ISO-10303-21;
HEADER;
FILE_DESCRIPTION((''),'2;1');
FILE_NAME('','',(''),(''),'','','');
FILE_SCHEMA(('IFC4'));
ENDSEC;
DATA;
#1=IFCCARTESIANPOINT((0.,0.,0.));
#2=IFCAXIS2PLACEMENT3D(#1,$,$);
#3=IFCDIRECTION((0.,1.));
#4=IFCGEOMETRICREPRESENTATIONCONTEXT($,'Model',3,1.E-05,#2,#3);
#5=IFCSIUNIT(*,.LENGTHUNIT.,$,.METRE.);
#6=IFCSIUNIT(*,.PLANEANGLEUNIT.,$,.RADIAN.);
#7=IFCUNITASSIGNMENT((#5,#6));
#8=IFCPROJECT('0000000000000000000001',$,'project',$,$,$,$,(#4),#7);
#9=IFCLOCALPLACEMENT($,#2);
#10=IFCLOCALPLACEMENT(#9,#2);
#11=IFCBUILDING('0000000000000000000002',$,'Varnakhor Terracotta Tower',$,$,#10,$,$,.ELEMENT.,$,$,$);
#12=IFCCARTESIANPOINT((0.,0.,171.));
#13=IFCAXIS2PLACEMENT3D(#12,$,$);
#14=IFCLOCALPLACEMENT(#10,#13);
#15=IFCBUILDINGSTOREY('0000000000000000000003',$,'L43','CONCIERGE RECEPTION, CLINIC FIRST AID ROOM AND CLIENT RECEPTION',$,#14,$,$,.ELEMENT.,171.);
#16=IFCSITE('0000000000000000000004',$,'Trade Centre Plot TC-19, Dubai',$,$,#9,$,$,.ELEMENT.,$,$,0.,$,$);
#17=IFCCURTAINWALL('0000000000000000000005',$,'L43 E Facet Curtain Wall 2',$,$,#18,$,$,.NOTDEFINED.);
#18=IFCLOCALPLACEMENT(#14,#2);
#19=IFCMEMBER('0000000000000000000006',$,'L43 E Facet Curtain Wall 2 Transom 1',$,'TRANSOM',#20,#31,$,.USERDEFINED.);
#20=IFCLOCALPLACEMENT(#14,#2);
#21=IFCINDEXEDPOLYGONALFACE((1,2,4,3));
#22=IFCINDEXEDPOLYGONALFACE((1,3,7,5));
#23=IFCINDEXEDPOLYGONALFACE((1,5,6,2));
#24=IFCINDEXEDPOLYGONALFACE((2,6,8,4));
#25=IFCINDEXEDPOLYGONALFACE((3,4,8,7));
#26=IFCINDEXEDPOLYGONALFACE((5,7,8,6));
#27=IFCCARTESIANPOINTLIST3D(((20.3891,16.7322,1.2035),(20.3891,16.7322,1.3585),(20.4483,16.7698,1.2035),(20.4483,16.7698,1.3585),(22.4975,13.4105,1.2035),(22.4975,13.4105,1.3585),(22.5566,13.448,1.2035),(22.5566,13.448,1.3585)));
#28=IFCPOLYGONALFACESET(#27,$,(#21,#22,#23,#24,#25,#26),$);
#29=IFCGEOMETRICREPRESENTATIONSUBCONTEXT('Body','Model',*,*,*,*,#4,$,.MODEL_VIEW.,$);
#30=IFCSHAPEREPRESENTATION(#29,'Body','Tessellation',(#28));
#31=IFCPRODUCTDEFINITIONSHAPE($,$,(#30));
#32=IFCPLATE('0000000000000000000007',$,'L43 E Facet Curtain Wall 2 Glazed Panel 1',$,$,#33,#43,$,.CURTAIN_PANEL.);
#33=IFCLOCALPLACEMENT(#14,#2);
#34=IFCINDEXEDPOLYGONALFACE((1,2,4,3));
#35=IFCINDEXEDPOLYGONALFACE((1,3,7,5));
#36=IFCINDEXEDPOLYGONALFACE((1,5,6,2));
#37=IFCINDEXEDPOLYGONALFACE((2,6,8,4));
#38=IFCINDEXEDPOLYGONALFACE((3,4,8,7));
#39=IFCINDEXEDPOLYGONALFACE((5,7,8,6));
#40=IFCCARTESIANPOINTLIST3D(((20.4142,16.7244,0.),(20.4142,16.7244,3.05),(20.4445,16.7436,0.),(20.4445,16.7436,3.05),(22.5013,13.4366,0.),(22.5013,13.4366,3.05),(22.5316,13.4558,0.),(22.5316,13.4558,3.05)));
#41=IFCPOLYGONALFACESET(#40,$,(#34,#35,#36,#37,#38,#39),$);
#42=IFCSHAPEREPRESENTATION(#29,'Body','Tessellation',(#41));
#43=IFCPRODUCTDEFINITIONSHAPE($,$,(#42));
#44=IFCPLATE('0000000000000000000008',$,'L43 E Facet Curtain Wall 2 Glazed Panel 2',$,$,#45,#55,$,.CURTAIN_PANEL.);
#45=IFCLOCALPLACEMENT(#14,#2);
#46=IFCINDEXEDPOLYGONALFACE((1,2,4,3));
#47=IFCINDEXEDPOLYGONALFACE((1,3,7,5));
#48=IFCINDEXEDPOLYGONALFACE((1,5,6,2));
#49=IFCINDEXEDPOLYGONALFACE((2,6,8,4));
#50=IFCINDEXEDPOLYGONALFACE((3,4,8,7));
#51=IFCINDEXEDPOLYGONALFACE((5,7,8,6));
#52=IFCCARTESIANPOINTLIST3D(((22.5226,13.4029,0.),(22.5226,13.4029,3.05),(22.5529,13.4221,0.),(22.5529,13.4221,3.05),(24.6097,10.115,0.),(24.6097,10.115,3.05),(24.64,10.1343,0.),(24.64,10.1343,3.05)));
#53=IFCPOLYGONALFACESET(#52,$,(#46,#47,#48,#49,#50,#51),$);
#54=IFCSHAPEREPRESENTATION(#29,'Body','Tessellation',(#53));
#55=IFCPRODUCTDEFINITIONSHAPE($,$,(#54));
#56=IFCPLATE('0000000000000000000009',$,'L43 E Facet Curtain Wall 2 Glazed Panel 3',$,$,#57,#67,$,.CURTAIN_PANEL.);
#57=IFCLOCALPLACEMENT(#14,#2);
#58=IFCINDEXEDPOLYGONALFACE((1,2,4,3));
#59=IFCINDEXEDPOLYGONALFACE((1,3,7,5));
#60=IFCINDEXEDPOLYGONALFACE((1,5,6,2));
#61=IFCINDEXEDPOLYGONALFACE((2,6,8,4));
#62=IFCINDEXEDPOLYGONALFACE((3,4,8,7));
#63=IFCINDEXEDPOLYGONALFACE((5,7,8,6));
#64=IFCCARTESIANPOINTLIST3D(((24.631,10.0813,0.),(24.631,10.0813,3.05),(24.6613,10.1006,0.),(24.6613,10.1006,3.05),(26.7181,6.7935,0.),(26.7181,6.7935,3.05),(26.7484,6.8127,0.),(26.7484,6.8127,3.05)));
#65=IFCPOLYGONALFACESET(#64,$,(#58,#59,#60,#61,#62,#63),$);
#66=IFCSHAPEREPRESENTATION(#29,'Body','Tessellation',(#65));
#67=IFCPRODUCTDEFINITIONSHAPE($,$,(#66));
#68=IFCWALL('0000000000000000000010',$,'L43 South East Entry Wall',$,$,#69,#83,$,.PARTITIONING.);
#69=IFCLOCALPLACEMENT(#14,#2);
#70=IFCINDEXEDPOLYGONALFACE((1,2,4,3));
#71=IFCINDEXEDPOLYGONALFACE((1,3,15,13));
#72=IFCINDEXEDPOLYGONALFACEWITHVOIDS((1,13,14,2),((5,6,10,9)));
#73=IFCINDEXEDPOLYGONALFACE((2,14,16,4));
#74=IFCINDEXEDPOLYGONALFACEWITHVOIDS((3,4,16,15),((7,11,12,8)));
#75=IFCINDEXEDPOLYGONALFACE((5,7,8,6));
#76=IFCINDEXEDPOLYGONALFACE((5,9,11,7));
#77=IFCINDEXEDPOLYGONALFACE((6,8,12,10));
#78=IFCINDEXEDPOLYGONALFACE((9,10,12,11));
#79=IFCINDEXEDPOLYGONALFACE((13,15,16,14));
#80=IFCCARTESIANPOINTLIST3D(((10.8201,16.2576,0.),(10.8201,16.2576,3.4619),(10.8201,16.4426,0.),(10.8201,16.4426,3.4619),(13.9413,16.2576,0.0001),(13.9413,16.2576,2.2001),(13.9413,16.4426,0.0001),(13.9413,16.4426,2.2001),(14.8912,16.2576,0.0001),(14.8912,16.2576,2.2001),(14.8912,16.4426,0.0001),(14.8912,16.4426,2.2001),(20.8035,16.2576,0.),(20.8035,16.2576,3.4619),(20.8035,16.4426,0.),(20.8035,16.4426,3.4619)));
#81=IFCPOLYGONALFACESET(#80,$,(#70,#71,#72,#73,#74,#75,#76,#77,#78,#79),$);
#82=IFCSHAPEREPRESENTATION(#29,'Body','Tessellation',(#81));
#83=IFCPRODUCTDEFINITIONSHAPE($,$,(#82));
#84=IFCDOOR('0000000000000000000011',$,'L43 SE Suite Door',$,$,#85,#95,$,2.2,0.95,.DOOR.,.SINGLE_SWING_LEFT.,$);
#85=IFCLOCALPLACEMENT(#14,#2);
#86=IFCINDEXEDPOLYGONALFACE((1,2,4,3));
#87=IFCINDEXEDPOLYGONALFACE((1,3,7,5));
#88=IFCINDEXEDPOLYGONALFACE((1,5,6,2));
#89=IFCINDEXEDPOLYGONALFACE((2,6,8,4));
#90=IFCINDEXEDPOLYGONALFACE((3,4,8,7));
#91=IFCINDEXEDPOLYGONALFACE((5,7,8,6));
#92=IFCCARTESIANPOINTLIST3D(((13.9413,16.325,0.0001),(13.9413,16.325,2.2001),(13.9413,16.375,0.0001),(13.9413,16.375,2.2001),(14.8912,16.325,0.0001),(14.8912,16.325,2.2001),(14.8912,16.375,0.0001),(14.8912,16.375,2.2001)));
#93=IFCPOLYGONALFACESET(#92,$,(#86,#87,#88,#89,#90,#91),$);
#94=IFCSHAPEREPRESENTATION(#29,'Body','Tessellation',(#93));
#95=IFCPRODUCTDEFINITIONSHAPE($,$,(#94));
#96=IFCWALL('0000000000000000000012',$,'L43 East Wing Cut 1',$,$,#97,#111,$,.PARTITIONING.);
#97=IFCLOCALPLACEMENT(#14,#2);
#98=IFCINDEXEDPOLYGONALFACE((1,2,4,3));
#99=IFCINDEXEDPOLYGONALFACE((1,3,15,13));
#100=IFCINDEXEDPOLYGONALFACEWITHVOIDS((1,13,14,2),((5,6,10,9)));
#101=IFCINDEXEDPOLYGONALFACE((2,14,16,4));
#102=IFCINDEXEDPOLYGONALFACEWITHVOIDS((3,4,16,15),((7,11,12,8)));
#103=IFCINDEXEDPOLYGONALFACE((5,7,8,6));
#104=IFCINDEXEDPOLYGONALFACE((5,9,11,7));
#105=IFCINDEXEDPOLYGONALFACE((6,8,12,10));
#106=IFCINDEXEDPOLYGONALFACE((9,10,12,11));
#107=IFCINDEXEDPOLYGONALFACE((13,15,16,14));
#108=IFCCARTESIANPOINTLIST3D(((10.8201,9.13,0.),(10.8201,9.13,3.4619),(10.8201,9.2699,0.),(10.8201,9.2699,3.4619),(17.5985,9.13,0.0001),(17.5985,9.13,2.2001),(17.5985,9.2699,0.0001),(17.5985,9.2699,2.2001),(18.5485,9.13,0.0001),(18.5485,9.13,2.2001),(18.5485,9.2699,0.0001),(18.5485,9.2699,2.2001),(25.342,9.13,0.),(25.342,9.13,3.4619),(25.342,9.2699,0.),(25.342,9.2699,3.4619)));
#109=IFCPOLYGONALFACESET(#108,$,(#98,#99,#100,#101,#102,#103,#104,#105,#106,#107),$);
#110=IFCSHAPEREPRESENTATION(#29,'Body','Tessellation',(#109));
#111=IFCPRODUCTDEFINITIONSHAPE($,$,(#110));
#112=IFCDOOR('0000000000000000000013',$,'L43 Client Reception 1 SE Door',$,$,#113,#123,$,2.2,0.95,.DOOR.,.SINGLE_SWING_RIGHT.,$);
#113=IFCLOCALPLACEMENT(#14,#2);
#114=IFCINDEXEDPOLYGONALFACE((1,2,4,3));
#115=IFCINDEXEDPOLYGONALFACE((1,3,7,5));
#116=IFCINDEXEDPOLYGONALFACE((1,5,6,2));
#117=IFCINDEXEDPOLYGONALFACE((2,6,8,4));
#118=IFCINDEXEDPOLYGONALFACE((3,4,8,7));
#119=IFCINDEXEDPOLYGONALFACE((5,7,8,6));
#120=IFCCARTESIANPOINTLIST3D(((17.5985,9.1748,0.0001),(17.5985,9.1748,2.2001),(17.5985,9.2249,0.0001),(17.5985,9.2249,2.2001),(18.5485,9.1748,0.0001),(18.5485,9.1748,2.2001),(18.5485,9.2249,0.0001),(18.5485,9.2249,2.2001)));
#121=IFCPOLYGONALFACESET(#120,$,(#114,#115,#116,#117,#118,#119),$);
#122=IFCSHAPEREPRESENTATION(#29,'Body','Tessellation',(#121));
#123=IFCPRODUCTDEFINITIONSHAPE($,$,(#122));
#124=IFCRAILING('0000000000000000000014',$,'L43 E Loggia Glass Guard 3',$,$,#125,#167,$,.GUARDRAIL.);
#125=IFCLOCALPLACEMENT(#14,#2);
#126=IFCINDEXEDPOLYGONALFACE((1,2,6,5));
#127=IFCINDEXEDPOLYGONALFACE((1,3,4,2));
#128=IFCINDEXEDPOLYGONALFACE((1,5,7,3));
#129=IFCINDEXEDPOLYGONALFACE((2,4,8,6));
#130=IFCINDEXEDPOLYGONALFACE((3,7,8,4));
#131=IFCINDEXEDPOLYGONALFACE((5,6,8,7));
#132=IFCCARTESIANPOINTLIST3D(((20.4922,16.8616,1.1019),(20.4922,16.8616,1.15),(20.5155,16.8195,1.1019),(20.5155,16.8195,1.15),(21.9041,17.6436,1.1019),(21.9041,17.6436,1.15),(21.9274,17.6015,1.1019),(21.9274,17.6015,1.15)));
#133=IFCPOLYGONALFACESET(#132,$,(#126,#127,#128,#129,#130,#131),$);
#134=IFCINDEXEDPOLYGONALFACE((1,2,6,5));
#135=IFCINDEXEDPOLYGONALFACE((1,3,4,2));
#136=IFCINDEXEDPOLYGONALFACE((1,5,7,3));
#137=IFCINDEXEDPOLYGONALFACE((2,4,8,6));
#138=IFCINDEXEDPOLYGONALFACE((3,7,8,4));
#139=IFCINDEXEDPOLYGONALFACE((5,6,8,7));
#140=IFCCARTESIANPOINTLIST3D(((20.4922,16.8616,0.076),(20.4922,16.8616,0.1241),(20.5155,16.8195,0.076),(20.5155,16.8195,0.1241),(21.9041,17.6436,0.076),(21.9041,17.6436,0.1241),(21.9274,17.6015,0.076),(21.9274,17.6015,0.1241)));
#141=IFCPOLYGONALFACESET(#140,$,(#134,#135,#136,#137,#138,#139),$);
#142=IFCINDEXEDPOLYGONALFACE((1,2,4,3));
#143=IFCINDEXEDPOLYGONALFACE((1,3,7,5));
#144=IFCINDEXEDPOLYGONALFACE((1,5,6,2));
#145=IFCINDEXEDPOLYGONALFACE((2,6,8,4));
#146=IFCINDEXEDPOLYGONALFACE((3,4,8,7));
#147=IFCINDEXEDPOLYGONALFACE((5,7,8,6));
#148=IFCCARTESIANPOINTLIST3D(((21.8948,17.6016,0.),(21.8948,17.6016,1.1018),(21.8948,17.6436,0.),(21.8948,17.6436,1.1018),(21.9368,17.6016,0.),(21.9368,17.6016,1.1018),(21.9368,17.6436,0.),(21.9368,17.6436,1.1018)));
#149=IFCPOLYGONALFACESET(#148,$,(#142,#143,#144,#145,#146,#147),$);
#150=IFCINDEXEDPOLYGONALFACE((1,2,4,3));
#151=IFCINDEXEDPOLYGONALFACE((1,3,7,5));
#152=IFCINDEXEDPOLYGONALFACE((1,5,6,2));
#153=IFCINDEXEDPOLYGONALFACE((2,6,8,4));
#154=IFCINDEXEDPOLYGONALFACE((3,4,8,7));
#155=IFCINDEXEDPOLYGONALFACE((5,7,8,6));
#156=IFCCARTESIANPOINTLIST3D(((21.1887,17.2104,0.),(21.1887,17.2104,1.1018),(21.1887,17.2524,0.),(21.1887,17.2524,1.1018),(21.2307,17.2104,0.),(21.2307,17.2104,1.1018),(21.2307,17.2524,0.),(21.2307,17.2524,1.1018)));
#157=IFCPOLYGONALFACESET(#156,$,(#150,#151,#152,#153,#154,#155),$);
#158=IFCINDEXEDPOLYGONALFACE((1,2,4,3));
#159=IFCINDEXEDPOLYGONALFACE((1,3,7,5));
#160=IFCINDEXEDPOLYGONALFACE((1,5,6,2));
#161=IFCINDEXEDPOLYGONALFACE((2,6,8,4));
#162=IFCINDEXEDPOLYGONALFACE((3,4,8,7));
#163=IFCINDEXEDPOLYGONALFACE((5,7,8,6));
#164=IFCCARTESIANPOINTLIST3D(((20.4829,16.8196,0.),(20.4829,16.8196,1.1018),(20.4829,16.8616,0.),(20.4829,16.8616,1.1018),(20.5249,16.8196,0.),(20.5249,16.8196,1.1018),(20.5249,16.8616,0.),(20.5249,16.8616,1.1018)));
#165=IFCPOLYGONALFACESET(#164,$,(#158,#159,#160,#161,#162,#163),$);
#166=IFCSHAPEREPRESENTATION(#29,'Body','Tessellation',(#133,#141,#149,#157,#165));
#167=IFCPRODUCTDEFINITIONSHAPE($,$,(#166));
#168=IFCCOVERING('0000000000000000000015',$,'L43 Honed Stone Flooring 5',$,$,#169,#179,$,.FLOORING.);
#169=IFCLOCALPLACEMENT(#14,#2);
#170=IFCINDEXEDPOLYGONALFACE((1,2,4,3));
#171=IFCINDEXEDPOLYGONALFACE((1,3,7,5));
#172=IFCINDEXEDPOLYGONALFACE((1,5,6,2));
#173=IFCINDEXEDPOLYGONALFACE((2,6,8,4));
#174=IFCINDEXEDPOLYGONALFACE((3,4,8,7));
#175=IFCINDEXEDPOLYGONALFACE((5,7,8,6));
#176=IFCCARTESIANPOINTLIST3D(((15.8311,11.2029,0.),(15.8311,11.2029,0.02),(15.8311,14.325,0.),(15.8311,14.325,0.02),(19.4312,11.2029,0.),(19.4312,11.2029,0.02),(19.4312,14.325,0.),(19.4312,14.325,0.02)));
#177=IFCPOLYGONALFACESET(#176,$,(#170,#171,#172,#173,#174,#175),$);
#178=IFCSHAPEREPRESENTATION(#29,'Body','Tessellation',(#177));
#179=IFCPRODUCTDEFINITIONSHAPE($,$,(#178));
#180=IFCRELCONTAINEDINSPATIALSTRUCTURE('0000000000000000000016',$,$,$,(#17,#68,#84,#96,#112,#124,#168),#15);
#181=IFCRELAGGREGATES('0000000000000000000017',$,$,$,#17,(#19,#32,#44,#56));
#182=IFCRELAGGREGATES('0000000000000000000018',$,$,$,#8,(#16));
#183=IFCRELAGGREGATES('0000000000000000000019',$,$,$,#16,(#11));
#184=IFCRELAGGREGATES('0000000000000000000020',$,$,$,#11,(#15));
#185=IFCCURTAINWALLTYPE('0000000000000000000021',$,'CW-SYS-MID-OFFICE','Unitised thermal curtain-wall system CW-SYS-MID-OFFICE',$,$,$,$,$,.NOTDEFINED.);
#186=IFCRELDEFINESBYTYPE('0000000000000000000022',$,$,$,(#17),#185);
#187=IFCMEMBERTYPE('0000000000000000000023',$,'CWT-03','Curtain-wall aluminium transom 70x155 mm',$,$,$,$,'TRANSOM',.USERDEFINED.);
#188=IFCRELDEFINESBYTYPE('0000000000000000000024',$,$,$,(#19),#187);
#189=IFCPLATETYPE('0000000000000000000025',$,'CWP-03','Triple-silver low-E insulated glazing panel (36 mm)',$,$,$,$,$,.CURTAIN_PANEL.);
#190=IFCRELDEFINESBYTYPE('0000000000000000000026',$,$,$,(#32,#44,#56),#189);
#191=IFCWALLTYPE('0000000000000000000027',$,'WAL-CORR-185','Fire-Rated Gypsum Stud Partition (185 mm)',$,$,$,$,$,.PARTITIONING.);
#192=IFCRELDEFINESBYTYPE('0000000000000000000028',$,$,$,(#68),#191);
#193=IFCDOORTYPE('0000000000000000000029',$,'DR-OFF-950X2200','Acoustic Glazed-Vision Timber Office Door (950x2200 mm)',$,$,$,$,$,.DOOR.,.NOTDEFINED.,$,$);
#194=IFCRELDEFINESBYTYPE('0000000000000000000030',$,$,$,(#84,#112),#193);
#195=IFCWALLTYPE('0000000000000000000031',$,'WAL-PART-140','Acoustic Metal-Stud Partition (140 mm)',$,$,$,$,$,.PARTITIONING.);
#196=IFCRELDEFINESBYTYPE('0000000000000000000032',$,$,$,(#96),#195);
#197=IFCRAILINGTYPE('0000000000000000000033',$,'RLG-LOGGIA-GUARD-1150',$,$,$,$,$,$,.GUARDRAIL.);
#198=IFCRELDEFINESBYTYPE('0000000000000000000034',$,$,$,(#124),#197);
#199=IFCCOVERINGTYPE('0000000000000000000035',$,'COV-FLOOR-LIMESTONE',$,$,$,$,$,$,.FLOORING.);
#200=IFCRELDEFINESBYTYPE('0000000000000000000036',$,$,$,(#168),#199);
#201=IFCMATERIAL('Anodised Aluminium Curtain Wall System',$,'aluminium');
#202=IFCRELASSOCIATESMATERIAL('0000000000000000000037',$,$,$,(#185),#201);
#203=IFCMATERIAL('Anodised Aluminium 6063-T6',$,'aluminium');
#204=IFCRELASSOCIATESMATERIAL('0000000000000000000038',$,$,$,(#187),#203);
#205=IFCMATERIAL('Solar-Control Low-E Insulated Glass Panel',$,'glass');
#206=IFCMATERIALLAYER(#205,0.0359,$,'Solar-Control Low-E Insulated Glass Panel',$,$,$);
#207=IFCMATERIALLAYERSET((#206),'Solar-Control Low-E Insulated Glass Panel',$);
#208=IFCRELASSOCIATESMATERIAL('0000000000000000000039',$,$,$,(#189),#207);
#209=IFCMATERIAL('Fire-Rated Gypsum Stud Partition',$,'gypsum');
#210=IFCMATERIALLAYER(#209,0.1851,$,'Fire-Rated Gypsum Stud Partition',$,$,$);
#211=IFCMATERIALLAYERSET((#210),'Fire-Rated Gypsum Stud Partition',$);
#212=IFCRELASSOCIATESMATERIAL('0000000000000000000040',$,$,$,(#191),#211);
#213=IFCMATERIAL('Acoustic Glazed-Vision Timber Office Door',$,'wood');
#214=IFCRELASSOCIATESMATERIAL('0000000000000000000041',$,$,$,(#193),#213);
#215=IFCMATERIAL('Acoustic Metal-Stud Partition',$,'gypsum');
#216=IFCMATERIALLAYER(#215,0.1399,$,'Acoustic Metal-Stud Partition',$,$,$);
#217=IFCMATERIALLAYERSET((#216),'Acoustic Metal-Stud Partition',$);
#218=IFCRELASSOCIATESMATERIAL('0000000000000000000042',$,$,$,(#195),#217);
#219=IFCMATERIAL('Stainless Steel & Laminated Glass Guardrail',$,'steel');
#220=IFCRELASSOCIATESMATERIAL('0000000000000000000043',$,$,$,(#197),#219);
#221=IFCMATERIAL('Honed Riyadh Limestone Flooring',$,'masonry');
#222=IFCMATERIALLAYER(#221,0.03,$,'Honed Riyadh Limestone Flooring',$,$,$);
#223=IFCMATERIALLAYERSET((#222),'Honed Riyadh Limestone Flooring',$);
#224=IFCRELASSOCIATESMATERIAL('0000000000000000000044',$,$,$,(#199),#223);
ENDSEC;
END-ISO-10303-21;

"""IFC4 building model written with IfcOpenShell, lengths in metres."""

from ifc_helpers import new_model, si_unit, direction, frame, frame_2d, origin, origin_2d, place, context, subcontext, project, spatial, rectangle, extrude, source, transform, mapped, material, layer, layer_set, material_profile, profile_set, type_object, type_shapes, element, fill, aggregate, save


model = new_model("IFC4")

# Units and contexts
model_context = context("Model", 3, precision=1e-05, world=origin(), true_north=direction((0.0, 1.0)))
body_context = subcontext(model_context, "Body", "Model", "MODEL_VIEW")
ifc_project = project(units=[si_unit("LENGTHUNIT", "METRE"), si_unit("PLANEANGLEUNIT", "RADIAN")], contexts=[model_context])

# Site, building, storey
site_placement = place(None, origin())
site = spatial("IfcSite", under=ifc_project, at=site_placement, Name="Trade Centre Plot TC-19, Dubai", CompositionType="ELEMENT", RefElevation=0.0)
building_placement = place(site_placement, origin())
building = spatial("IfcBuilding", under=site, at=building_placement, Name="Varnakhor Terracotta Tower", CompositionType="ELEMENT")
storey_placement = place(building_placement, frame((0.0, 0.0, 171.0)))
storey = spatial("IfcBuildingStorey", under=building, at=storey_placement, Name="L43", Description="CONCIERGE RECEPTION, CLINIC FIRST AID ROOM AND CLIENT RECEPTION", CompositionType="ELEMENT", Elevation=171.0)

# Curtain wall
ifc_material_1 = material(Name="Anodised Aluminium Curtain Wall System", Category="aluminium")
curtain_wall_type = type_object("IfcCurtainWallType", Name="CW-SYS-MID-OFFICE", Description="Unitised thermal curtain-wall system CW-SYS-MID-OFFICE", PredefinedType="NOTDEFINED", material=ifc_material_1)
curtain_wall_placement = place(storey_placement, origin())
curtain_wall = element("IfcCurtainWall", 1, at=curtain_wall_placement, inside=storey, type_object=curtain_wall_type, Name="L43 E Facet Curtain Wall 2", PredefinedType="NOTDEFINED")
ifc_material_2 = material(Name="Anodised Aluminium 6063-T6", Category="aluminium")

# Member
ifc_material_profile_1 = material_profile(ifc_material_2, rectangle(XDim=0.0701, YDim=0.155, at=origin_2d()), Name="ALU TRANSOM 70x155")
ifc_profile_set_1 = profile_set([ifc_material_profile_1], Name="Anodised Aluminium 6063-T6")
member_type_1 = type_object("IfcMemberType", Name="CWT-03", Description="Curtain-wall aluminium transom 70x155 mm", ElementType="TRANSOM", PredefinedType="USERDEFINED", material=ifc_profile_set_1)
shared_shape_1 = source(origin(), body_context, "Body", "SweptSolid", [
    extrude(rectangle(XDim=0.0701, YDim=0.155, at=origin_2d()), origin(), (0.0, 0.0, 1.0), 3.9343),
])
member_1_placement = place(storey_placement, frame((20.4187, 16.751, 1.281), z_axis=(0.535887, -0.844289, 0.0), x_axis=(0.844289, 0.535887, 0.0)))
member_1 = element("IfcMember", 2, at=member_1_placement, type_object=member_type_1, Name="L43 E Facet Curtain Wall 2 Transom 1", ObjectType="TRANSOM", PredefinedType="USERDEFINED", context=body_context, shape_type="MappedRepresentation", body=[
    mapped(shared_shape_1, transform((0.0, 0.0, 0.0), scale=1.0)),
])

# Plates
ifc_material_3 = material(Name="Solar-Control Low-E Insulated Glass Panel", Category="glass")
ifc_layer_1 = layer(ifc_material_3, 0.0359, Name="Solar-Control Low-E Insulated Glass Panel")
ifc_layer_set_1 = layer_set([ifc_layer_1], Name="Solar-Control Low-E Insulated Glass Panel")
plate_type = type_object("IfcPlateType", Name="CWP-03", Description="Triple-silver low-E insulated glazing panel (36 mm)", PredefinedType="CURTAIN_PANEL", material=ifc_layer_set_1)
shared_shape_2 = source(origin(), body_context, "Body", "SweptSolid", [
    extrude(rectangle(XDim=3.8943, YDim=0.0359, at=origin_2d()), origin(), (0.0, 0.0, 1.0), 3.05),
])
plate_1_placement = place(storey_placement, frame((21.4729, 15.0901, 0.0), z_axis=(0.0, 0.0, 1.0), x_axis=(0.535915, -0.844272, 0.0)))
plate_1 = element("IfcPlate", 3, at=plate_1_placement, type_object=plate_type, Name="L43 E Facet Curtain Wall 2 Glazed Panel 1", PredefinedType="CURTAIN_PANEL", context=body_context, shape_type="MappedRepresentation", body=[
    mapped(shared_shape_2, transform((0.0, 0.0, 0.0), scale=1.0)),
])
plate_2_placement = place(storey_placement, frame((23.5813, 11.7686, 0.0), z_axis=(0.0, 0.0, 1.0), x_axis=(0.535915, -0.844272, 0.0)))
plate_2 = element("IfcPlate", 4, at=plate_2_placement, type_object=plate_type, Name="L43 E Facet Curtain Wall 2 Glazed Panel 2", PredefinedType="CURTAIN_PANEL", context=body_context, shape_type="MappedRepresentation", body=[
    mapped(shared_shape_2, transform((0.0, 0.0, 0.0), scale=1.0)),
])
plate_3_placement = place(storey_placement, frame((25.6897, 8.447, 0.0), z_axis=(0.0, 0.0, 1.0), x_axis=(0.535915, -0.844272, 0.0)))
plate_3 = element("IfcPlate", 5, at=plate_3_placement, type_object=plate_type, Name="L43 E Facet Curtain Wall 2 Glazed Panel 3", PredefinedType="CURTAIN_PANEL", context=body_context, shape_type="MappedRepresentation", body=[
    mapped(shared_shape_2, transform((0.0, 0.0, 0.0), scale=1.0)),
])
aggregate(curtain_wall, [member_1, plate_1, plate_2, plate_3])

# Walls, openings, doors
ifc_material_4 = material(Name="Fire-Rated Gypsum Stud Partition", Category="gypsum")
ifc_layer_2 = layer(ifc_material_4, 0.1851, Name="Fire-Rated Gypsum Stud Partition")
ifc_layer_set_2 = layer_set([ifc_layer_2], Name="Fire-Rated Gypsum Stud Partition")
wall_type_1 = type_object("IfcWallType", Name="WAL-CORR-185", Description="Fire-Rated Gypsum Stud Partition (185 mm)", PredefinedType="PARTITIONING", material=ifc_layer_set_2)
wall_1_placement = place(storey_placement, frame((10.8201, 16.3501, 0.0), z_axis=(0.0, 0.0, 1.0), x_axis=(1.0, 0.0, 0.0)))
wall_1 = element("IfcWall", 6, at=wall_1_placement, inside=storey, type_object=wall_type_1, Name="L43 South East Entry Wall", PredefinedType="PARTITIONING", context=body_context, shape_type="SweptSolid", body=[
    extrude(rectangle(XDim=9.9834, YDim=0.1851, at=frame_2d((4.9917, 0.0))), origin(), (0.0, 0.0, 1.0), 3.4619),
])
opening_1_placement = place(wall_1_placement, frame((3.1211, 0.0, 0.0)))
opening_1 = element("IfcOpeningElement", 7, at=opening_1_placement, cuts=wall_1, PredefinedType="OPENING", context=body_context, shape_type="SweptSolid", body=[
    extrude(rectangle(XDim=0.95, YDim=2.2, at=frame_2d((0.4751, 1.1001))), frame((0.0, 0.1025, 0.0), z_axis=(0.0, -1.0, 0.0), x_axis=(1.0, 0.0, 0.0)), (0.0, 0.0, 1.0), 0.2051),
])
ifc_material_5 = material(Name="Acoustic Glazed-Vision Timber Office Door", Category="wood")
door_type = type_object("IfcDoorType", Name="DR-OFF-950X2200", Description="Acoustic Glazed-Vision Timber Office Door (950x2200 mm)", OperationType="NOTDEFINED", PredefinedType="DOOR", material=ifc_material_5)
shared_shape_3 = source(origin(), body_context, "Body", "SweptSolid", [
    extrude(rectangle(XDim=0.95, YDim=2.2, at=frame_2d((0.4751, 1.1001))), frame((0.0, 0.0249, 0.0), z_axis=(0.0, -1.0, 0.0), x_axis=(1.0, 0.0, 0.0)), (0.0, 0.0, 1.0), 0.05),
])
type_shapes(door_type, [shared_shape_3])
door_1_placement = place(opening_1_placement, origin())
door_1 = element("IfcDoor", 8, at=door_1_placement, inside=storey, type_object=door_type, Name="L43 SE Suite Door", OperationType="SINGLE_SWING_LEFT", OverallHeight=2.2, OverallWidth=0.95, PredefinedType="DOOR", context=body_context, shape_type="MappedRepresentation", body=[
    mapped(shared_shape_3, transform((0.0, 0.0, 0.0), scale=1.0)),
])
fill(opening_1, door_1)
ifc_material_6 = material(Name="Acoustic Metal-Stud Partition", Category="gypsum")
ifc_layer_3 = layer(ifc_material_6, 0.1399, Name="Acoustic Metal-Stud Partition")
ifc_layer_set_3 = layer_set([ifc_layer_3], Name="Acoustic Metal-Stud Partition")
wall_type_2 = type_object("IfcWallType", Name="WAL-PART-140", Description="Acoustic Metal-Stud Partition (140 mm)", PredefinedType="PARTITIONING", material=ifc_layer_set_3)
wall_2_placement = place(storey_placement, frame((10.8201, 9.2, 0.0), z_axis=(0.0, 0.0, 1.0), x_axis=(1.0, 0.0, 0.0)))
wall_2 = element("IfcWall", 9, at=wall_2_placement, inside=storey, type_object=wall_type_2, Name="L43 East Wing Cut 1", PredefinedType="PARTITIONING", context=body_context, shape_type="SweptSolid", body=[
    extrude(rectangle(XDim=14.522, YDim=0.1399, at=frame_2d((7.261, 0.0))), origin(), (0.0, 0.0, 1.0), 3.4619),
])
opening_2_placement = place(wall_2_placement, frame((6.7783, 0.0, 0.0)))
opening_2 = element("IfcOpeningElement", 10, at=opening_2_placement, cuts=wall_2, PredefinedType="OPENING", context=body_context, shape_type="SweptSolid", body=[
    extrude(rectangle(XDim=0.95, YDim=2.2, at=frame_2d((0.4751, 1.1001))), frame((0.0, 0.0801, 0.0), z_axis=(0.0, -1.0, 0.0), x_axis=(1.0, 0.0, 0.0)), (0.0, 0.0, 1.0), 0.1599),
])
door_2_placement = place(opening_2_placement, origin())
door_2 = element("IfcDoor", 11, at=door_2_placement, inside=storey, type_object=door_type, Name="L43 Client Reception 1 SE Door", OperationType="SINGLE_SWING_RIGHT", OverallHeight=2.2, OverallWidth=0.95, PredefinedType="DOOR", context=body_context, shape_type="MappedRepresentation", body=[
    mapped(shared_shape_3, transform((0.0, 0.0, 0.0), scale=1.0)),
])
fill(opening_2, door_2)

# Railing
ifc_material_7 = material(Name="Stainless Steel & Laminated Glass Guardrail", Category="steel")
railing_type = type_object("IfcRailingType", Name="RLG-LOGGIA-GUARD-1150", PredefinedType="GUARDRAIL", material=ifc_material_7)
railing_placement = place(storey_placement, frame((21.9158, 17.6226, 0.0)))
element("IfcRailing", 12, at=railing_placement, inside=storey, type_object=railing_type, Name="L43 E Loggia Glass Guard 3", PredefinedType="GUARDRAIL", context=body_context, shape_type="SweptSolid", body=[
    extrude(rectangle(XDim=0.0481, YDim=0.0481, at=origin_2d()), frame((0.0, 0.0, 1.126), z_axis=(-0.874784, -0.484512, 0.0), x_axis=(0.484512, -0.874784, 0.0)), (0.0, 0.0, 1.0), 1.614),
    extrude(rectangle(XDim=0.0481, YDim=0.0481, at=origin_2d()), frame((0.0, 0.0, 0.1001), z_axis=(-0.874784, -0.484512, 0.0), x_axis=(0.484512, -0.874784, 0.0)), (0.0, 0.0, 1.0), 1.614),
    extrude(rectangle(XDim=0.042, YDim=0.042, at=origin_2d()), origin(), (0.0, 0.0, 1.0), 1.1018),
    extrude(rectangle(XDim=0.042, YDim=0.042, at=origin_2d()), frame((-0.7061, -0.3911, 0.0)), (0.0, 0.0, 1.0), 1.1018),
    extrude(rectangle(XDim=0.042, YDim=0.042, at=origin_2d()), frame((-1.4119, -0.782, 0.0)), (0.0, 0.0, 1.0), 1.1018),
])

# Covering
ifc_material_8 = material(Name="Honed Riyadh Limestone Flooring", Category="masonry")
ifc_layer_4 = layer(ifc_material_8, 0.03, Name="Honed Riyadh Limestone Flooring")
ifc_layer_set_4 = layer_set([ifc_layer_4], Name="Honed Riyadh Limestone Flooring")
covering_type = type_object("IfcCoveringType", Name="COV-FLOOR-LIMESTONE", PredefinedType="FLOORING", material=ifc_layer_set_4)
shared_shape_4 = source(origin(), body_context, "Body", "SweptSolid", [
    extrude(rectangle(XDim=3.6001, YDim=3.1221, at=origin_2d()), origin(), (0.0, 0.0, 1.0), 0.02),
])
covering_placement = place(storey_placement, frame((17.6311, 12.7639, 0.0), z_axis=(0.0, 0.0, 1.0), x_axis=(1.0, 0.0, 0.0)))
element("IfcCovering", 13, at=covering_placement, inside=storey, type_object=covering_type, Name="L43 Honed Stone Flooring 5", PredefinedType="FLOORING", context=body_context, shape_type="MappedRepresentation", body=[
    mapped(shared_shape_4, transform((0.0, 0.0, 0.0), scale=1.0)),
])

save(model, "model.ifc")
